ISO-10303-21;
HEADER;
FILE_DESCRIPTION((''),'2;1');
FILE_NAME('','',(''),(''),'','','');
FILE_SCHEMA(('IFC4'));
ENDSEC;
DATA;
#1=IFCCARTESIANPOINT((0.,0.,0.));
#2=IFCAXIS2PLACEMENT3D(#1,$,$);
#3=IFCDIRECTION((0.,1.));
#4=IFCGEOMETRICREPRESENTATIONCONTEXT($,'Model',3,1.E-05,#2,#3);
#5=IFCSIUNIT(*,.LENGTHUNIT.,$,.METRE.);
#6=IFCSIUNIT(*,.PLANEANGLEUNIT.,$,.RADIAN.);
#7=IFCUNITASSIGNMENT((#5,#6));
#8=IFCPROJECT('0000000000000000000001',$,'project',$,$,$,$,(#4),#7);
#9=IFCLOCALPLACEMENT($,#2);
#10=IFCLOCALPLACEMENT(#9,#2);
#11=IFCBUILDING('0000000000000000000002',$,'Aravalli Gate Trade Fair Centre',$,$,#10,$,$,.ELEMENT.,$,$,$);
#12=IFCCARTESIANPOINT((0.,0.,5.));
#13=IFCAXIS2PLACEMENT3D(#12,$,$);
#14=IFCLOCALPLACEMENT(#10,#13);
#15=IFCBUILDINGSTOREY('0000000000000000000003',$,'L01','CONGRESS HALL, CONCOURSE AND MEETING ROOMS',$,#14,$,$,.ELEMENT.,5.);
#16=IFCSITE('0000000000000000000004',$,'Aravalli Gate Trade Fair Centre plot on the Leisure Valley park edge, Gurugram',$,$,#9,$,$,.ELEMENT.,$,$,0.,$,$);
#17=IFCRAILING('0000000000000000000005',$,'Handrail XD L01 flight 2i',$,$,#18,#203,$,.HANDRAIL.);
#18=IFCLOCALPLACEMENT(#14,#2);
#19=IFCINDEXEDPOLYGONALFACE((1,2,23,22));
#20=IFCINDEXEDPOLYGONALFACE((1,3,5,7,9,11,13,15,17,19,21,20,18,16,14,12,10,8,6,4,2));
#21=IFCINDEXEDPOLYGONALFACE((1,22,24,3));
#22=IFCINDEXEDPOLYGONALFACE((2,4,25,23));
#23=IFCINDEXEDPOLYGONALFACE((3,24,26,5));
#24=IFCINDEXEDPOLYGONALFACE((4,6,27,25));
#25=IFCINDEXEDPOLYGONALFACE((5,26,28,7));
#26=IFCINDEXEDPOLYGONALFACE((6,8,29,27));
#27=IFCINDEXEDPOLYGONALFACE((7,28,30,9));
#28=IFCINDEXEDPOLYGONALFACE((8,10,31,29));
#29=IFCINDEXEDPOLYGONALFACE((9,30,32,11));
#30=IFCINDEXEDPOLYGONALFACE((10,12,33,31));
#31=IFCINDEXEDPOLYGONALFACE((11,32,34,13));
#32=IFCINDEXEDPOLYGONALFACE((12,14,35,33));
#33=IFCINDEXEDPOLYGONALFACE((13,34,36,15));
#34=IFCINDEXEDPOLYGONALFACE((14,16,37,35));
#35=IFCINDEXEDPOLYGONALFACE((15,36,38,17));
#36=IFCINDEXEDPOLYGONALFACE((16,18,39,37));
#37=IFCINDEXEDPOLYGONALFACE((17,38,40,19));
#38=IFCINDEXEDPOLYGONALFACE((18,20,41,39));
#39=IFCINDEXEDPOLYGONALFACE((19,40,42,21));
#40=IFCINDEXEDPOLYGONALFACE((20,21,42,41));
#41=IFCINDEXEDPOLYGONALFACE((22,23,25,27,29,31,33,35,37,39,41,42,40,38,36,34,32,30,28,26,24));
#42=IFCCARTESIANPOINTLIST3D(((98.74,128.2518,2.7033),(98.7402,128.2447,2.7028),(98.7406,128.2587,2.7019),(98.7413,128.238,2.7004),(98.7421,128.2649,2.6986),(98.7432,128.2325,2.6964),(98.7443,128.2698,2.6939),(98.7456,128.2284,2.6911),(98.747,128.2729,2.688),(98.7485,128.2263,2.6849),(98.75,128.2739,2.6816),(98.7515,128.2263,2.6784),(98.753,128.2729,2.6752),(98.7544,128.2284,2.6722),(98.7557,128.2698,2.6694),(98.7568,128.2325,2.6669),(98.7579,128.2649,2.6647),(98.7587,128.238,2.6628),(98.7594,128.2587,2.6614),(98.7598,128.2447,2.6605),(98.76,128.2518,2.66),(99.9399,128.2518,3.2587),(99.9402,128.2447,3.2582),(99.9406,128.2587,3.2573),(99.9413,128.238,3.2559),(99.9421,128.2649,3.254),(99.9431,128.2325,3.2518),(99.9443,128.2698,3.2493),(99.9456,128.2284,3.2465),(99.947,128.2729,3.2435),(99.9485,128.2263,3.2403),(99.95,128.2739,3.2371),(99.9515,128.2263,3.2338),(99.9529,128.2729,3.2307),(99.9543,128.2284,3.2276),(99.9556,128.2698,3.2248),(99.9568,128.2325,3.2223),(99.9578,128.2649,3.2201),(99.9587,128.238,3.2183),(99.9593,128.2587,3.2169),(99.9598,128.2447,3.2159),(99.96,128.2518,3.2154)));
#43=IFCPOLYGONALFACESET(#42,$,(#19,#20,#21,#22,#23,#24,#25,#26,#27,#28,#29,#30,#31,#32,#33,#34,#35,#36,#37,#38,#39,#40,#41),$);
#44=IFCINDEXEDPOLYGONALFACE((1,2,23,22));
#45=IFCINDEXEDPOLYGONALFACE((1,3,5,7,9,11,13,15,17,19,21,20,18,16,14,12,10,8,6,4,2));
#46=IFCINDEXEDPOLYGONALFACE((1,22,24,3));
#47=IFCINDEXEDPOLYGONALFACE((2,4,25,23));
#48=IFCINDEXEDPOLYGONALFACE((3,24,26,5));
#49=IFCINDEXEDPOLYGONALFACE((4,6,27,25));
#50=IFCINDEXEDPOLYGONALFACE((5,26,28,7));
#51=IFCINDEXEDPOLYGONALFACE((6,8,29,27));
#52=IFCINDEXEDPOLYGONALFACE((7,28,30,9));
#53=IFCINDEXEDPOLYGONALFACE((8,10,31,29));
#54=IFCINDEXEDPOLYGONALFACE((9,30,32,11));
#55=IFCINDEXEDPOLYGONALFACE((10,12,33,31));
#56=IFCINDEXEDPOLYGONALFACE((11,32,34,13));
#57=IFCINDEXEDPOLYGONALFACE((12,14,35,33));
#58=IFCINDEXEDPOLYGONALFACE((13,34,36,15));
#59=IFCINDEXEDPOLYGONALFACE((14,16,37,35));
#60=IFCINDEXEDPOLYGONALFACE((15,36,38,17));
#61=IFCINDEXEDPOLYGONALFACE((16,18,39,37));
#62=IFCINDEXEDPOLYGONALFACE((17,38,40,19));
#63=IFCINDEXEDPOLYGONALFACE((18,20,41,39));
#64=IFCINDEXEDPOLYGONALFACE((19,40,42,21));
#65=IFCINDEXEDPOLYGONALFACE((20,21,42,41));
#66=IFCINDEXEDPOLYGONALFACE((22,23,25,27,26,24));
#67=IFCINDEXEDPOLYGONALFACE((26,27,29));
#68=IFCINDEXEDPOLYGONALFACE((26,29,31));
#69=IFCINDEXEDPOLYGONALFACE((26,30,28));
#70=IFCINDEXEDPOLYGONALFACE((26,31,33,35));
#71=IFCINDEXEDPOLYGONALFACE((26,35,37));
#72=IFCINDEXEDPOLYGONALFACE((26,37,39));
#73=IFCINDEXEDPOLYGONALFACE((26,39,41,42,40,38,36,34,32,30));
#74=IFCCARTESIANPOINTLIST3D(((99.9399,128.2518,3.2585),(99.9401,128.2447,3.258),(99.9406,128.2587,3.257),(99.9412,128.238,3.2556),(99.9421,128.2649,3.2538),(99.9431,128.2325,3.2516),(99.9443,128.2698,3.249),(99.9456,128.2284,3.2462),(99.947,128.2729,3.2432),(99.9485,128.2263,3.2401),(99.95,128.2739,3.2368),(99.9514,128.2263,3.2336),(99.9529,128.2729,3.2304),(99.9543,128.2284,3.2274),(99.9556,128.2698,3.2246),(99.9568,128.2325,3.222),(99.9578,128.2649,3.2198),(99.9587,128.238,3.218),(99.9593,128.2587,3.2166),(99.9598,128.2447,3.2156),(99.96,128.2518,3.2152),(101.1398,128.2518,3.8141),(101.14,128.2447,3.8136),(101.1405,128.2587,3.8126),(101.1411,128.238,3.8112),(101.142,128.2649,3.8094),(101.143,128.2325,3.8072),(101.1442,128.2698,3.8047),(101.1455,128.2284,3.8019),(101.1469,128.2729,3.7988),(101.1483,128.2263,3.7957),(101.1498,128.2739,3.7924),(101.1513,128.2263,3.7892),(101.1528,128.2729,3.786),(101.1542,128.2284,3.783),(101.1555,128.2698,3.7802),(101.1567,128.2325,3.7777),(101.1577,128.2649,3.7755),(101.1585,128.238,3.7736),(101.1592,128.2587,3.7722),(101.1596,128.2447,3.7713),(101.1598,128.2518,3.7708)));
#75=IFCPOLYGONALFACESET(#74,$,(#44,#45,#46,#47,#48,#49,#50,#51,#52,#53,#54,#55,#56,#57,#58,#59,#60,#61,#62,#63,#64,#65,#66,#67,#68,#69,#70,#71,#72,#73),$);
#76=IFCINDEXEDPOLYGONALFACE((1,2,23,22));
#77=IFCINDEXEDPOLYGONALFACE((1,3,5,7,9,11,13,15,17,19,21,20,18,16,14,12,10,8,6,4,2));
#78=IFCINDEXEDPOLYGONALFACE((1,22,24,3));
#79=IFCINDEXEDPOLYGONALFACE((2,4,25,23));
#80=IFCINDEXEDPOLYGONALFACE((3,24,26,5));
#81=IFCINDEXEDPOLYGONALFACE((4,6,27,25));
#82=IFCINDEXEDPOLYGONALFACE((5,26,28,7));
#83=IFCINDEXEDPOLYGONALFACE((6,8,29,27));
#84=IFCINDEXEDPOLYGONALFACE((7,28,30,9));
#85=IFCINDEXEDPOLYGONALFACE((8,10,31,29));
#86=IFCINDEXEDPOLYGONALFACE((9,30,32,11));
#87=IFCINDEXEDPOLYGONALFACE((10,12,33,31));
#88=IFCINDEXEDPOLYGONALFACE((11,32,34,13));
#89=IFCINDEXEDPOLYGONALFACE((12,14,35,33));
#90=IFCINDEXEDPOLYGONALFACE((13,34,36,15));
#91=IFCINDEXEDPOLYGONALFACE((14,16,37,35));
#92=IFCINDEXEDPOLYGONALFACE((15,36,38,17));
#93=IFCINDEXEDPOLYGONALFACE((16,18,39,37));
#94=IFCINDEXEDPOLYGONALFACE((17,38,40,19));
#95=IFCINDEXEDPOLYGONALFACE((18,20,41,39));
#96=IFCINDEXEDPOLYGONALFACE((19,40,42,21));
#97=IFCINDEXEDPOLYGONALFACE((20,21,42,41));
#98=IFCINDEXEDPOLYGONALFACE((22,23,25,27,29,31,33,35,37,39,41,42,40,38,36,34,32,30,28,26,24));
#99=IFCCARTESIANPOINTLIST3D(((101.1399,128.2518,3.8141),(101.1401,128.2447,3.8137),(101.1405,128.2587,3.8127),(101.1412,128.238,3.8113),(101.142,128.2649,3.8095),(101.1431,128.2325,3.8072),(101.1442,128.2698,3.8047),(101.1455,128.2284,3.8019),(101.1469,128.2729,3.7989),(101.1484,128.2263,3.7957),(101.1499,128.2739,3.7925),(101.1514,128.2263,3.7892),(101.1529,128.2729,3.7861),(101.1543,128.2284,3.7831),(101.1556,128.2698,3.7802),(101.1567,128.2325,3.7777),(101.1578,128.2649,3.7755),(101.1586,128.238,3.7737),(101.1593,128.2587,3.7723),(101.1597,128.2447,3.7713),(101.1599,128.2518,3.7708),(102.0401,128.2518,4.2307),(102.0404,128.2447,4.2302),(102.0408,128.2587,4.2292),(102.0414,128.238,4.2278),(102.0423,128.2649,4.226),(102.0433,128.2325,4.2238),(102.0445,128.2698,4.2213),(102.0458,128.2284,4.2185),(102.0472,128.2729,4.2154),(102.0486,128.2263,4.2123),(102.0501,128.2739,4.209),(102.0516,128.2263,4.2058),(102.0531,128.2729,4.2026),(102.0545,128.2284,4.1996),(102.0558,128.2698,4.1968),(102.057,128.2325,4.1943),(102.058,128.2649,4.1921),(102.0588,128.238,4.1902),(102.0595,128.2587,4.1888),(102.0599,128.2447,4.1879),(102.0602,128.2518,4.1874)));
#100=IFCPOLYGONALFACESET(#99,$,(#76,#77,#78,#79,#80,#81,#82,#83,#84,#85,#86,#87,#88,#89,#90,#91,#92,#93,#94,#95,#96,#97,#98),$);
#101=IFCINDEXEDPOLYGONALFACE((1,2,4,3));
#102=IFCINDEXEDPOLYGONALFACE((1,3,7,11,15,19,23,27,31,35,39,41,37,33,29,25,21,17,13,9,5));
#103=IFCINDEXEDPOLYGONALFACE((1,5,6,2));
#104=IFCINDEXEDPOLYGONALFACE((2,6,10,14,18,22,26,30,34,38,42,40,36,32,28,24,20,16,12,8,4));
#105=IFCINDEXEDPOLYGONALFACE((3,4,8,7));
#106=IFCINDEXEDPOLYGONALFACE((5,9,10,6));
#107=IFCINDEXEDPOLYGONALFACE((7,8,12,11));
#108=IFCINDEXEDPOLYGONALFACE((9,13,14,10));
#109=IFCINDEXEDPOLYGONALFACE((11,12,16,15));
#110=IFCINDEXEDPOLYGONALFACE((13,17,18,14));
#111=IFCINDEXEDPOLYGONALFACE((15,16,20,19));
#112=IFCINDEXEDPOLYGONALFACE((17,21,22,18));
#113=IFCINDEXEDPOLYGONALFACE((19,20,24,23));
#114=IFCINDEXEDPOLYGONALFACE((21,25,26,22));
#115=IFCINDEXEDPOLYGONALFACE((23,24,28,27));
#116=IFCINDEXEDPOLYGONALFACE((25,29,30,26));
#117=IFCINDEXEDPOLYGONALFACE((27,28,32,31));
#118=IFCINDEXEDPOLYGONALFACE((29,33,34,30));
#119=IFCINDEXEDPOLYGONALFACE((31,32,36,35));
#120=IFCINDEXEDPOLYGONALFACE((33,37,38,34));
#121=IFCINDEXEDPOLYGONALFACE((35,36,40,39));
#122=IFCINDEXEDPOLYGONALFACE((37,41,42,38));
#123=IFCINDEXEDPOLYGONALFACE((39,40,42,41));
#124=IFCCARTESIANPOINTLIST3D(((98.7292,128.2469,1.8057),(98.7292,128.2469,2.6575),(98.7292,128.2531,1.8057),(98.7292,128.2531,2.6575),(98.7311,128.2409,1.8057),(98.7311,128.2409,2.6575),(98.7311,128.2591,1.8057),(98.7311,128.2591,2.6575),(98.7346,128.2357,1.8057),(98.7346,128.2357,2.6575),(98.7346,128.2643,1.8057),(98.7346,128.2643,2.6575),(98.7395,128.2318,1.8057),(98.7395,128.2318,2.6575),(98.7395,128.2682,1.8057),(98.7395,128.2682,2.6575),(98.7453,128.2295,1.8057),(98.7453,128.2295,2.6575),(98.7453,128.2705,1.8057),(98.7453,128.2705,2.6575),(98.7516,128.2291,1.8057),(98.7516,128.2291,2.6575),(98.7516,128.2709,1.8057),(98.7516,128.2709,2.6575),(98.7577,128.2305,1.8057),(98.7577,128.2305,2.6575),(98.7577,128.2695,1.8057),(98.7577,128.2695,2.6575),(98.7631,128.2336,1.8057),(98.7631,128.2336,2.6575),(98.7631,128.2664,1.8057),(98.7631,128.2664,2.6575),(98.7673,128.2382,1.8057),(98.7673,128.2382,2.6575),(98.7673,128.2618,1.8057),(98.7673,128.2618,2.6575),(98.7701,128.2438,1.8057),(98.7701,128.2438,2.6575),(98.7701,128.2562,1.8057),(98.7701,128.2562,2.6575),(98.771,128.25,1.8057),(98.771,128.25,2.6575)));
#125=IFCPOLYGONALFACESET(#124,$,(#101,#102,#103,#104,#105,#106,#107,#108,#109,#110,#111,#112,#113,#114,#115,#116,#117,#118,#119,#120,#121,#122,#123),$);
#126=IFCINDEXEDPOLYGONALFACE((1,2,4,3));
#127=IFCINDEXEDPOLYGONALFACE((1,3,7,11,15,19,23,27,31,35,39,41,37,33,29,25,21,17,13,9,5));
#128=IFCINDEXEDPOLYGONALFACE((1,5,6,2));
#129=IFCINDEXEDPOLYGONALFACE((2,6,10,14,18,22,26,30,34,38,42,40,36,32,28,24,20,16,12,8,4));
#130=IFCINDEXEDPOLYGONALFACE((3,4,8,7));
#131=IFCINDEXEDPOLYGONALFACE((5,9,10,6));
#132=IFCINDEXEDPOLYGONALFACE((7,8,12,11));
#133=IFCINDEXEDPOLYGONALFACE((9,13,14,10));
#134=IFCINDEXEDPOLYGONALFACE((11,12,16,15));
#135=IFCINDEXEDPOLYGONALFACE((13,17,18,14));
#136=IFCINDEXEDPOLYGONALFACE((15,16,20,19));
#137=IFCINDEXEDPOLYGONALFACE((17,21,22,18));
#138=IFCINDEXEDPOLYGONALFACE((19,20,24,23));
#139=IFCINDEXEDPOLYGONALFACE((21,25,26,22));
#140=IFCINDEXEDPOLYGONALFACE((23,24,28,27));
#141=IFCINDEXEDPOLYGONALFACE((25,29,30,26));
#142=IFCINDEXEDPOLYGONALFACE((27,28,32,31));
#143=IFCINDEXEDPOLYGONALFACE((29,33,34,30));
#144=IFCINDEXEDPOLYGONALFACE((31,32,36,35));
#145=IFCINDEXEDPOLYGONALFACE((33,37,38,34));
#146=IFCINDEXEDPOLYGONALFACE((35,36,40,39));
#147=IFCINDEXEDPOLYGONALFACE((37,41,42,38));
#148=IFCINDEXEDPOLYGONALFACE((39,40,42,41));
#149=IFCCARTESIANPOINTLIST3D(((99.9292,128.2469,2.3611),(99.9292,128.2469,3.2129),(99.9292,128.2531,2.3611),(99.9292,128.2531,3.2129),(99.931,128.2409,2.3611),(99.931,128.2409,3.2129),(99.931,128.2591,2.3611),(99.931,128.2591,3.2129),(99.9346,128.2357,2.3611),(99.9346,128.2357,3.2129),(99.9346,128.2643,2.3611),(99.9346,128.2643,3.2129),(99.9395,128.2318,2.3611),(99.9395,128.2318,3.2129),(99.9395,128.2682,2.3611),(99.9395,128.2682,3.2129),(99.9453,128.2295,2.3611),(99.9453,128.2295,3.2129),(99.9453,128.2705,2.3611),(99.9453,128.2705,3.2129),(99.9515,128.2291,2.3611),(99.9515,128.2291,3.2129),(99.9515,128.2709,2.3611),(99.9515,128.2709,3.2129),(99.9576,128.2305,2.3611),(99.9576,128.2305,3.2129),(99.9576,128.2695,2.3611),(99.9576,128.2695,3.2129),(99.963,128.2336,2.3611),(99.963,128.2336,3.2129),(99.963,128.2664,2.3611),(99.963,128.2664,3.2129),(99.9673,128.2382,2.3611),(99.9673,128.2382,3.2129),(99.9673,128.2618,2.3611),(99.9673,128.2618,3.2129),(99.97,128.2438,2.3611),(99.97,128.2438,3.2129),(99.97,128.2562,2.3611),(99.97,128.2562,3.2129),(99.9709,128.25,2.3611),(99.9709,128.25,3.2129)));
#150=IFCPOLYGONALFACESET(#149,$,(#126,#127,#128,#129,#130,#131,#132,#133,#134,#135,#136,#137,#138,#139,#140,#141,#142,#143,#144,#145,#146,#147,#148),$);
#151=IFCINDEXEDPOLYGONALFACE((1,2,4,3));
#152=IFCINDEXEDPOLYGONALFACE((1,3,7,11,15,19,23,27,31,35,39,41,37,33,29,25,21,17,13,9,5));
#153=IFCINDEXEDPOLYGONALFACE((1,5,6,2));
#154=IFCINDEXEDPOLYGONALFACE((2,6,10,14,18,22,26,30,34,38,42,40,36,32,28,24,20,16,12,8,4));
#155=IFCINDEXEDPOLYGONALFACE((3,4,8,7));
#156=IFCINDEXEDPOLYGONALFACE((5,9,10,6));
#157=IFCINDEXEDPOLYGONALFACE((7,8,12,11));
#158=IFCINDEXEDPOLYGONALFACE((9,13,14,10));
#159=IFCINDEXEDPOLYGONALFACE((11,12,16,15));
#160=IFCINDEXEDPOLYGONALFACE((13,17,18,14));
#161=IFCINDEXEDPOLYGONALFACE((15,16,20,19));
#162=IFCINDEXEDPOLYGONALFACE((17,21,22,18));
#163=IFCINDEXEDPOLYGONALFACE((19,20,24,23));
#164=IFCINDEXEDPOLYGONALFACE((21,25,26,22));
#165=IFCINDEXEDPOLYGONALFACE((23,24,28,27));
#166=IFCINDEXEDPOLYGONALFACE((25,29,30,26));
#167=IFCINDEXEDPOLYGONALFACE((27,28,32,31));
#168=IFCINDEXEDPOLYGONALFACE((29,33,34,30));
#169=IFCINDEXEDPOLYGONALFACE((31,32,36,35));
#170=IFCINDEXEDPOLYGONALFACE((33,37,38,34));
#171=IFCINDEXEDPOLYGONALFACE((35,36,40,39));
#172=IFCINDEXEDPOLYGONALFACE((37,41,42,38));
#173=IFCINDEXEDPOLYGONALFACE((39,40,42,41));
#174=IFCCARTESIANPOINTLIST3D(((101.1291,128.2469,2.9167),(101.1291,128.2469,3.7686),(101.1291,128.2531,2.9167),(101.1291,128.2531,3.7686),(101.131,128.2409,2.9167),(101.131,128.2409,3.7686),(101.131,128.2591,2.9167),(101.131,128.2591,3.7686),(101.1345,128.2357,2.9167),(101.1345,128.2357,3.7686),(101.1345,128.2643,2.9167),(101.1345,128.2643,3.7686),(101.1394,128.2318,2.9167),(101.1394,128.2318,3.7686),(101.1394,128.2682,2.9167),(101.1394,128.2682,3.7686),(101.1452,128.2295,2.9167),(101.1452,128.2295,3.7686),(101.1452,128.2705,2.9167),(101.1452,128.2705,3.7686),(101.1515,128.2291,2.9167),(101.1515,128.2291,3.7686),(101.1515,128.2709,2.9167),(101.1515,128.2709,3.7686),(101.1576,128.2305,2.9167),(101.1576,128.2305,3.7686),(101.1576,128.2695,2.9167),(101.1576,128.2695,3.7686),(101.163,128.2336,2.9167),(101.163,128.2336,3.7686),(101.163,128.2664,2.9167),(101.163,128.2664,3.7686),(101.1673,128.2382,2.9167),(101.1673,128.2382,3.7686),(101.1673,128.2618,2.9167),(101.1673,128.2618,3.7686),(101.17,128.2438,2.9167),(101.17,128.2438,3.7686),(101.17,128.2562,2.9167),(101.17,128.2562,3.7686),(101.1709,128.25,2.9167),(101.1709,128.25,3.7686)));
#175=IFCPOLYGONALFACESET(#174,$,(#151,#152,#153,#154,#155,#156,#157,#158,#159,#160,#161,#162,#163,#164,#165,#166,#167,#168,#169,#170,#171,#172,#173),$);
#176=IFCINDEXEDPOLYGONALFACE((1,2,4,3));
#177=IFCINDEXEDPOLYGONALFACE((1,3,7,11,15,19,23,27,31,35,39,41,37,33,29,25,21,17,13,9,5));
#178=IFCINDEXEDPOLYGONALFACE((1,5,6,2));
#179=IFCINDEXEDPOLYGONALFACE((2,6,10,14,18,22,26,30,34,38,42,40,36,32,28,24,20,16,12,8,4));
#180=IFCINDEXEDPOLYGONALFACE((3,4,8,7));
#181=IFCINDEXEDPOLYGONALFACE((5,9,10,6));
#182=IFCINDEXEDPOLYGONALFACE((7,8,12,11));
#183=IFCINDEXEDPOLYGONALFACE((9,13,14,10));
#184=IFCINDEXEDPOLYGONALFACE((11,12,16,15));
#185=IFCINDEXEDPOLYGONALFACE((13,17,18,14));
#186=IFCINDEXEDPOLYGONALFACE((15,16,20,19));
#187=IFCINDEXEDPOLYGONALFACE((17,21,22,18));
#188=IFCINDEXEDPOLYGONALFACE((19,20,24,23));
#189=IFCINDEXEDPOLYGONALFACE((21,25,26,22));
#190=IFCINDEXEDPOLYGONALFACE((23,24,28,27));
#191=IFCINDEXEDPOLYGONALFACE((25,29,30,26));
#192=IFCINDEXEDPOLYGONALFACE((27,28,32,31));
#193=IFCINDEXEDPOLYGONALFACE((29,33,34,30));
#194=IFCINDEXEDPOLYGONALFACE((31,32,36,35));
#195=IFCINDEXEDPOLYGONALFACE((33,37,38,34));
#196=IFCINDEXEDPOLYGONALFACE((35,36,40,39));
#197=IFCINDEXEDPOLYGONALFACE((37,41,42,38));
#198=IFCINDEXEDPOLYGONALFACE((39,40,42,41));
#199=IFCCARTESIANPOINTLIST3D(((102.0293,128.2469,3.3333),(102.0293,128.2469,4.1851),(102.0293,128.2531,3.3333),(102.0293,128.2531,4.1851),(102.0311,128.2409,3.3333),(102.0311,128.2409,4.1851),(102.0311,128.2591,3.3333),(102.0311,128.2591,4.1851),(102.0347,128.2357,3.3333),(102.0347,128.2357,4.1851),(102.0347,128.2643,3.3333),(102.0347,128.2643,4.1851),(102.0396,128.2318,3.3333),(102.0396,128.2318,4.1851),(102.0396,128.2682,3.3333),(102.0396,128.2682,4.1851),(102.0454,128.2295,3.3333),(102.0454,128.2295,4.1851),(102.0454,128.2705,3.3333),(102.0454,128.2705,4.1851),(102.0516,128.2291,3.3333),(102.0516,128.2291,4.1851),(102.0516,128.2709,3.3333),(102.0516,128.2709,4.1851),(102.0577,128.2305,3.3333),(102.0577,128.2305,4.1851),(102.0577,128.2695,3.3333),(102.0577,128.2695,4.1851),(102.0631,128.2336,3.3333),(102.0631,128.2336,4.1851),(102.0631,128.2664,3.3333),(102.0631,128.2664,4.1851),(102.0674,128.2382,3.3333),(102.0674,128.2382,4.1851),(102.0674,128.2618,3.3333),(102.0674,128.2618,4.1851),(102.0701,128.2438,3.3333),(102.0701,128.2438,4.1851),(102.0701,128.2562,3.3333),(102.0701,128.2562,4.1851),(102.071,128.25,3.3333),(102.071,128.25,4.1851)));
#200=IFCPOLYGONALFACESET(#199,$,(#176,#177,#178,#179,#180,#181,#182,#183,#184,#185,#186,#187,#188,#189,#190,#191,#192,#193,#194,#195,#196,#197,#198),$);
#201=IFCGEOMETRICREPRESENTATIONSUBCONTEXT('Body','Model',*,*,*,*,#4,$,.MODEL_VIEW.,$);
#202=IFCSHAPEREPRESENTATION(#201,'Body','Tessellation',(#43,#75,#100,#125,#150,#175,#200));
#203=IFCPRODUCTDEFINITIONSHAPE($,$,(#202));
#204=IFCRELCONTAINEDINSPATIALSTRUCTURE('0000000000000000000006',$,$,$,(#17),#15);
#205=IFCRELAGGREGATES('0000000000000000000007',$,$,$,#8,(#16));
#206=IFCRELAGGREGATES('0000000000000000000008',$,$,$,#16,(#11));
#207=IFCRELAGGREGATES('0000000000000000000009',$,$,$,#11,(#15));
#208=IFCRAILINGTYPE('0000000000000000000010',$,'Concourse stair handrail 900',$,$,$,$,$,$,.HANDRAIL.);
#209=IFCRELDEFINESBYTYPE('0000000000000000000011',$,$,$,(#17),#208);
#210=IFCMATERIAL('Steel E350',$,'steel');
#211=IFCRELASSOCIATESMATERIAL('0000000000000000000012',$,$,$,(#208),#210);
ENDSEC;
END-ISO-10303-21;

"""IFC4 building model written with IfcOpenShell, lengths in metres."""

from ifc_helpers import new_model, si_unit, direction, frame, origin, origin_2d, place, context, subcontext, project, spatial, circle, extrude, material, type_object, element, save


model = new_model("IFC4")

# Units and contexts
model_context = context("Model", 3, precision=1e-05, world=origin(), true_north=direction((0.0, 1.0)))
body_context = subcontext(model_context, "Body", "Model", "MODEL_VIEW")
ifc_project = project(units=[si_unit("LENGTHUNIT", "METRE"), si_unit("PLANEANGLEUNIT", "RADIAN")], contexts=[model_context])

# Site, building, storey
site_placement = place(None, origin())
site = spatial("IfcSite", under=ifc_project, at=site_placement, Name="Aravalli Gate Trade Fair Centre plot on the Leisure Valley park edge, Gurugram", CompositionType="ELEMENT", RefElevation=0.0)
building_placement = place(site_placement, origin())
building = spatial("IfcBuilding", under=site, at=building_placement, Name="Aravalli Gate Trade Fair Centre", CompositionType="ELEMENT")
storey_placement = place(building_placement, frame((0.0, 0.0, 5.0)))
storey = spatial("IfcBuildingStorey", under=building, at=storey_placement, Name="L01", Description="CONGRESS HALL, CONCOURSE AND MEETING ROOMS", CompositionType="ELEMENT", Elevation=5.0)

# Shared definitions
ifc_material_1 = material(Name="Steel E350", Category="steel")

# Railing
railing_type = type_object("IfcRailingType", Name="Concourse stair handrail 900", PredefinedType="HANDRAIL", material=ifc_material_1)
for number, where, name in (
    (1, (98.75, 128.25, 1.8057), "Handrail XD L01 flight 2i"),
):
    element("IfcRailing", number, at=place(storey_placement, frame(where)), inside=storey, type_object=railing_type, Name=name, PredefinedType="HANDRAIL", context=body_context, shape_type="SweptSolid", body=[
        extrude(circle(Radius=0.0239, at=origin_2d()), frame((0.0, 0.0, 0.876), z_axis=(0.907499, 0.0, 0.420053), x_axis=(0.0, 1.0, 0.0)), (0.0, 0.0, 1.0), 1.3223),
        extrude(circle(Radius=0.0239, at=origin_2d()), frame((1.2, 0.0, 1.4312), z_axis=(0.907429, 0.0, 0.420205), x_axis=(0.0, 1.0, 0.0)), (0.0, 0.0, 1.0), 1.3223),
        extrude(circle(Radius=0.0239, at=origin_2d()), frame((2.3999, 0.0, 1.9868), z_axis=(0.907556, 0.0, 0.419932), x_axis=(0.0, 1.0, 0.0)), (0.0, 0.0, 1.0), 0.9919),
        extrude(circle(Radius=0.021, at=origin_2d()), origin(), (0.0, 0.0, 1.0), 0.8518),
        extrude(circle(Radius=0.021, at=origin_2d()), frame((1.2, 0.0, 0.5554)), (0.0, 0.0, 1.0), 0.8518),
        extrude(circle(Radius=0.021, at=origin_2d()), frame((2.3999, 0.0, 1.1111)), (0.0, 0.0, 1.0), 0.8518),
        extrude(circle(Radius=0.021, at=origin_2d()), frame((3.3, 0.0, 1.5276)), (0.0, 0.0, 1.0), 0.8518),
    ])

save(model, "model.ifc")
